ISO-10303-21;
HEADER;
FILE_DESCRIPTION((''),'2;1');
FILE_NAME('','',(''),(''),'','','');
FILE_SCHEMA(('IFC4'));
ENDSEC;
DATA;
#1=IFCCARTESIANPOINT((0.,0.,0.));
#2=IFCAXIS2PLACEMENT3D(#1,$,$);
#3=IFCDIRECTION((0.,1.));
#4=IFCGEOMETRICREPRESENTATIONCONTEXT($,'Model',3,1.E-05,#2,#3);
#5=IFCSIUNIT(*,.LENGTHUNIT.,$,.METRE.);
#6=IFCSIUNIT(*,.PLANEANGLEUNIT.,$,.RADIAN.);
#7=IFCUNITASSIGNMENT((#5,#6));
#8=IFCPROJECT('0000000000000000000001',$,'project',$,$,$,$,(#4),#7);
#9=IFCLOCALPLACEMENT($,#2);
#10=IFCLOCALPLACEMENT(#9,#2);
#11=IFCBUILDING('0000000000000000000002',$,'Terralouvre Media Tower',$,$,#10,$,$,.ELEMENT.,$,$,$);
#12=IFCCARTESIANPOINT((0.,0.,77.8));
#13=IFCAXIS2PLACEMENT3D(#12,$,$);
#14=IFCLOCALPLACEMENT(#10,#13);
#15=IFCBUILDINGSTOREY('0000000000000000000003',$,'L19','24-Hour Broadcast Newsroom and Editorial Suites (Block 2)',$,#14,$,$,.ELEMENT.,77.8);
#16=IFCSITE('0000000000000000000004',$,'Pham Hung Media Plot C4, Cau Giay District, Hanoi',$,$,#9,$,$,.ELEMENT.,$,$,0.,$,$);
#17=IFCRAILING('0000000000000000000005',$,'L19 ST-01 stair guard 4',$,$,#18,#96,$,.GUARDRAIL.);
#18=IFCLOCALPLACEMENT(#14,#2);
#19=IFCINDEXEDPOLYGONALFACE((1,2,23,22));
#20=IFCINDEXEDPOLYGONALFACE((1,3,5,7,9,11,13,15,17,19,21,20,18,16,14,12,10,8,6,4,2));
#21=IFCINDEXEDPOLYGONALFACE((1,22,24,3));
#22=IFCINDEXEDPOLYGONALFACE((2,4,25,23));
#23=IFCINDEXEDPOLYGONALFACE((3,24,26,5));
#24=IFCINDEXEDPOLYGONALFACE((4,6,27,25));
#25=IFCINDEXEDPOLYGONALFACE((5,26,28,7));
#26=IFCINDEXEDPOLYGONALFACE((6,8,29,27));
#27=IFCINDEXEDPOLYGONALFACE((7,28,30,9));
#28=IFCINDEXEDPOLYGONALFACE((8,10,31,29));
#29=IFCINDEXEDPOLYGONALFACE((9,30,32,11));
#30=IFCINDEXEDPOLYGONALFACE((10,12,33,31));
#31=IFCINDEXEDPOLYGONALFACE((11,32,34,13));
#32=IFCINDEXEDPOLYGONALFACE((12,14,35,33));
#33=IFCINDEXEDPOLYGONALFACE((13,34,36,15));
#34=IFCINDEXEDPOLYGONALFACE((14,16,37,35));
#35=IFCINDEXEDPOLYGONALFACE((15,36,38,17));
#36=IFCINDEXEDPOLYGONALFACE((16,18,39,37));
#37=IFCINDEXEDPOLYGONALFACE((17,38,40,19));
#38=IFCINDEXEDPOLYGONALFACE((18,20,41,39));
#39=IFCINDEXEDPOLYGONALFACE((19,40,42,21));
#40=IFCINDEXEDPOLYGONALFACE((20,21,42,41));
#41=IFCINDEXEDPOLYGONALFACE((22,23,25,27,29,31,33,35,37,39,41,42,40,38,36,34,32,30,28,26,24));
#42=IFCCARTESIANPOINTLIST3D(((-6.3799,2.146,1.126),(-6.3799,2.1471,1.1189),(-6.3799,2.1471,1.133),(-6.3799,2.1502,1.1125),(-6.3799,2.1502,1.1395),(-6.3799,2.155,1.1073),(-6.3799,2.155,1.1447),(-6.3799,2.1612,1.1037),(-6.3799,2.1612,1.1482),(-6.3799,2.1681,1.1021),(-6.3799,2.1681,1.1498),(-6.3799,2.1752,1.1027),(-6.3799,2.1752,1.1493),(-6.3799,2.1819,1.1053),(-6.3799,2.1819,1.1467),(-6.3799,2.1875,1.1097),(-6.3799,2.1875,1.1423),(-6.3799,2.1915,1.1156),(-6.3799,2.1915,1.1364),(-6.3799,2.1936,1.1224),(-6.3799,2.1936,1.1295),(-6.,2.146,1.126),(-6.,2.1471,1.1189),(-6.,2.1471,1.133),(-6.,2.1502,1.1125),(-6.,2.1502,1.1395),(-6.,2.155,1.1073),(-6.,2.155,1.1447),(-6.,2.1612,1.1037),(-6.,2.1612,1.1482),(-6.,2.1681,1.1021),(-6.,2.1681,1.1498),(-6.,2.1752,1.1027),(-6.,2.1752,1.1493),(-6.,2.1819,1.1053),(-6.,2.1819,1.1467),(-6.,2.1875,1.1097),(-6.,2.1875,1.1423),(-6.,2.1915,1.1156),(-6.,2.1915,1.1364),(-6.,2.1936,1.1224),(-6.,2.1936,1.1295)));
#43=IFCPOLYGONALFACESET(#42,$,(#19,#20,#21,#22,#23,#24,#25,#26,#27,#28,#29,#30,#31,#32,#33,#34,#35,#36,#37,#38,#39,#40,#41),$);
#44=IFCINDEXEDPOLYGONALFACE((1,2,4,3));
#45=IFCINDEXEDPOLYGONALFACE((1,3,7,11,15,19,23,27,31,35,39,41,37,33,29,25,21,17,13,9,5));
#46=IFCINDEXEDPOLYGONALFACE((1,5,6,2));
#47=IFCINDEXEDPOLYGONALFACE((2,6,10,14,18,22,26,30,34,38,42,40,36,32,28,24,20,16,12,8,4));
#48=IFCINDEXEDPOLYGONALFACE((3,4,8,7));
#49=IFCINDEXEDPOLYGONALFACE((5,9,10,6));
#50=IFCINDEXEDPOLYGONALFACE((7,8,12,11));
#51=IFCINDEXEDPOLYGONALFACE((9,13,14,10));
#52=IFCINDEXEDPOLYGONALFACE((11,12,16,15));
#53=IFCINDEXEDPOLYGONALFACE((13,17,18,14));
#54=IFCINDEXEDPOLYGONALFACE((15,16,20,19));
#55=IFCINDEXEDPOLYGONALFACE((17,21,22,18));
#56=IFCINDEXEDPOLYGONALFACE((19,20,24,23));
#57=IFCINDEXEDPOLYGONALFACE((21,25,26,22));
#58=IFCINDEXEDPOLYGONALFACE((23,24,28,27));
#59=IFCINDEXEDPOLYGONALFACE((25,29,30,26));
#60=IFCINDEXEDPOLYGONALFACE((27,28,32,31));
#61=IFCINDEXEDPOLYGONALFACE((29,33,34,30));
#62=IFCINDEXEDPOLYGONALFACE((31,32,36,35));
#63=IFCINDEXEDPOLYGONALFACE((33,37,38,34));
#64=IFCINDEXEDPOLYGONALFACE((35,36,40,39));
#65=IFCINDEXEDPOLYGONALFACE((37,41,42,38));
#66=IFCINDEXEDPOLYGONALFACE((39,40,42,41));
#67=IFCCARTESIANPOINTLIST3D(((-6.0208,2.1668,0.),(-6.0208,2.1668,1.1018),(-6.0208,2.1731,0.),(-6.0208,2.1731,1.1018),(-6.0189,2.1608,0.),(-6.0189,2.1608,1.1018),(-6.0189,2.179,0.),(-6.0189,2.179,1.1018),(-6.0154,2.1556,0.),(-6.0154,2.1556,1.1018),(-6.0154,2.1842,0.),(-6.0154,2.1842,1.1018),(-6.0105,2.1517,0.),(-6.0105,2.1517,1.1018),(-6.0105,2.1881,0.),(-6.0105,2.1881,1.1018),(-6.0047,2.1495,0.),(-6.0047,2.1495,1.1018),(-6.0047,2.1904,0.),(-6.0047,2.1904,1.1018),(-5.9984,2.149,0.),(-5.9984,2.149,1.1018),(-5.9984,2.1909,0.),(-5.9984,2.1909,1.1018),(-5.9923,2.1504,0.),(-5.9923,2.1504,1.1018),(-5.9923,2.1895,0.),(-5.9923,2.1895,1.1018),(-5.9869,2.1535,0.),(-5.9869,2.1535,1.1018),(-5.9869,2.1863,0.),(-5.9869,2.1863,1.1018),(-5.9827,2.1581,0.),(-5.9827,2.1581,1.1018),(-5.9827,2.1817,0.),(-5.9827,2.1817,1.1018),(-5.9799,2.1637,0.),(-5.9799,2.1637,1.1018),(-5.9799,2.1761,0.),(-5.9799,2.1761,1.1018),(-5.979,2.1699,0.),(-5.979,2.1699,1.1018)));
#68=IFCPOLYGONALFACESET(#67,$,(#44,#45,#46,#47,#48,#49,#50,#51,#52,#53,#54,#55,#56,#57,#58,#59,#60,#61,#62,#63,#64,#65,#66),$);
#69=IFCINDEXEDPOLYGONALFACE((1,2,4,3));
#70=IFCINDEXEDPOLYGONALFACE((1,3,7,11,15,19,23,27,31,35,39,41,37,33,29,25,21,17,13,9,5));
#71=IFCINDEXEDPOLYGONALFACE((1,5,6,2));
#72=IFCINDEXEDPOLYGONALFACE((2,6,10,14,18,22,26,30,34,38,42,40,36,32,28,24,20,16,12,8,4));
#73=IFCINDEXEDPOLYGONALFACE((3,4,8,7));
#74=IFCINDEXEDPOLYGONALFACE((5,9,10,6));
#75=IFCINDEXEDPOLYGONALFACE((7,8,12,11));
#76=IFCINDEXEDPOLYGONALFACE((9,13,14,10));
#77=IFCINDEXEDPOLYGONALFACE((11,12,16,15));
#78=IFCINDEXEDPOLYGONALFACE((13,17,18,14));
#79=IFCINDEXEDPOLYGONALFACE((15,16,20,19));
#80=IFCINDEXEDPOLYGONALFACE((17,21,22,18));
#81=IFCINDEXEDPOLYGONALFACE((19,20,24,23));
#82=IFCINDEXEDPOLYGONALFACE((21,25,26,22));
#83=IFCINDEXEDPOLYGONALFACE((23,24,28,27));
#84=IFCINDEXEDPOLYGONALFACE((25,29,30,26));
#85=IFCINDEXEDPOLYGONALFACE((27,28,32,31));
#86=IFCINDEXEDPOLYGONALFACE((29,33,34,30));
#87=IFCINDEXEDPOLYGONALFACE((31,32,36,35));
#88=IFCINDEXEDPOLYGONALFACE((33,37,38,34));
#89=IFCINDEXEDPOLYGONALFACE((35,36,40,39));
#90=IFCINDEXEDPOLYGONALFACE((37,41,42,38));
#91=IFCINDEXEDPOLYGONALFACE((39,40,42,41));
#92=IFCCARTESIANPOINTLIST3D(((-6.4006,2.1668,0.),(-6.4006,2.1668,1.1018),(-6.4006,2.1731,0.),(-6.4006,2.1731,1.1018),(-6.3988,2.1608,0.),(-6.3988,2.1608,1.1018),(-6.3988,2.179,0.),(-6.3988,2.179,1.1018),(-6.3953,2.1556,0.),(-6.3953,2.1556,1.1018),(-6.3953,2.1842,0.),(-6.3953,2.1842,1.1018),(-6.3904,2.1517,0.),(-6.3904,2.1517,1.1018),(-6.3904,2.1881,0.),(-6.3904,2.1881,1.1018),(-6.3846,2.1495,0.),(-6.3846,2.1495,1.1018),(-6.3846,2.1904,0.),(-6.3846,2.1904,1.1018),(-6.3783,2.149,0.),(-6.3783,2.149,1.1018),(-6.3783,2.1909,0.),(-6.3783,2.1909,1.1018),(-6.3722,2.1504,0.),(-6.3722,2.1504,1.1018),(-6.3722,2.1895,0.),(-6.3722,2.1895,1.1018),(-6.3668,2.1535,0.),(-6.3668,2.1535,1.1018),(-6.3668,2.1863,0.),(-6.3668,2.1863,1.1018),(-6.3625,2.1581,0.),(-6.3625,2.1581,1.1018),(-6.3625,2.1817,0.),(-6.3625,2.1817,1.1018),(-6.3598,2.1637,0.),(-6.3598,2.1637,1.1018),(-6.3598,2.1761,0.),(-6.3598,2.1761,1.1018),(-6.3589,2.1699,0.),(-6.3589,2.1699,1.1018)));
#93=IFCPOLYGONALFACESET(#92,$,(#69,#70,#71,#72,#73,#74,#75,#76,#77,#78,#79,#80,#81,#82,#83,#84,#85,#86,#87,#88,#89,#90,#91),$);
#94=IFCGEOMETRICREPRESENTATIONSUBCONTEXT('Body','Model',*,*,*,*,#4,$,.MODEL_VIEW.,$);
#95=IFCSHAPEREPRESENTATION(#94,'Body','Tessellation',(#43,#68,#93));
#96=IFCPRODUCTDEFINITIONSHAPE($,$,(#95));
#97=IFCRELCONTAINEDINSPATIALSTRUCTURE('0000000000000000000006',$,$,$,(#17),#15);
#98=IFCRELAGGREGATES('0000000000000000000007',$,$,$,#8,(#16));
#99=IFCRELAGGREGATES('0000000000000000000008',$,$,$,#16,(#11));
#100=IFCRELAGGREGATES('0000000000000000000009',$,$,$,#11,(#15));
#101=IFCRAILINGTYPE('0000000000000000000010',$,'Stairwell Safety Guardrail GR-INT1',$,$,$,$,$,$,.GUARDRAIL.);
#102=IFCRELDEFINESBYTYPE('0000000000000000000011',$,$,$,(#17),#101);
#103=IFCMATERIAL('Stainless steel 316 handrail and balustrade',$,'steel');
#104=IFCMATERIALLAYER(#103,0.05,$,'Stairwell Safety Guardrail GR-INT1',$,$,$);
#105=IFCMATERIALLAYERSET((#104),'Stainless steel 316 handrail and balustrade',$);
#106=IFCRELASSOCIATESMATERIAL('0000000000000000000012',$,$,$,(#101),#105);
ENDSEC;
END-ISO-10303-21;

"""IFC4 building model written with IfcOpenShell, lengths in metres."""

from ifc_helpers import new_model, si_unit, direction, frame, origin, origin_2d, place, context, subcontext, project, spatial, circle, extrude, material, layer, layer_set, type_object, element, save


model = new_model("IFC4")

# Units and contexts
model_context = context("Model", 3, precision=1e-05, world=origin(), true_north=direction((0.0, 1.0)))
body_context = subcontext(model_context, "Body", "Model", "MODEL_VIEW")
ifc_project = project(units=[si_unit("LENGTHUNIT", "METRE"), si_unit("PLANEANGLEUNIT", "RADIAN")], contexts=[model_context])

# Site, building, storey
site_placement = place(None, origin())
site = spatial("IfcSite", under=ifc_project, at=site_placement, Name="Pham Hung Media Plot C4, Cau Giay District, Hanoi", CompositionType="ELEMENT", RefElevation=0.0)
building_placement = place(site_placement, origin())
building = spatial("IfcBuilding", under=site, at=building_placement, Name="Terralouvre Media Tower", CompositionType="ELEMENT")
storey_placement = place(building_placement, frame((0.0, 0.0, 77.8)))
storey = spatial("IfcBuildingStorey", under=building, at=storey_placement, Name="L19", Description="24-Hour Broadcast Newsroom and Editorial Suites (Block 2)", CompositionType="ELEMENT", Elevation=77.8)

# Railing
ifc_material_1 = material(Name="Stainless steel 316 handrail and balustrade", Category="steel")
ifc_layer_1 = layer(ifc_material_1, 0.05, Name="Stairwell Safety Guardrail GR-INT1")
ifc_layer_set_1 = layer_set([ifc_layer_1], Name="Stainless steel 316 handrail and balustrade")
railing_type_1 = type_object("IfcRailingType", Name="Stairwell Safety Guardrail GR-INT1", PredefinedType="GUARDRAIL", material=ifc_layer_set_1)
railing_1_placement = place(storey_placement, frame((-6.0, 2.1699, 0.0)))
element("IfcRailing", 1, at=railing_1_placement, inside=storey, type_object=railing_type_1, Name="L19 ST-01 stair guard 4", PredefinedType="GUARDRAIL", context=body_context, shape_type="SweptSolid", body=[
    extrude(circle(Radius=0.0239, at=origin_2d()), frame((0.0, 0.0, 1.126), z_axis=(-1.0, 0.0, 0.0), x_axis=(0.0, -1.0, 0.0)), (0.0, 0.0, 1.0), 0.3799),
    extrude(circle(Radius=0.021, at=origin_2d()), origin(), (0.0, 0.0, 1.0), 1.1018),
    extrude(circle(Radius=0.021, at=origin_2d()), frame((-0.3799, 0.0, 0.0)), (0.0, 0.0, 1.0), 1.1018),
])

save(model, "model.ifc")
